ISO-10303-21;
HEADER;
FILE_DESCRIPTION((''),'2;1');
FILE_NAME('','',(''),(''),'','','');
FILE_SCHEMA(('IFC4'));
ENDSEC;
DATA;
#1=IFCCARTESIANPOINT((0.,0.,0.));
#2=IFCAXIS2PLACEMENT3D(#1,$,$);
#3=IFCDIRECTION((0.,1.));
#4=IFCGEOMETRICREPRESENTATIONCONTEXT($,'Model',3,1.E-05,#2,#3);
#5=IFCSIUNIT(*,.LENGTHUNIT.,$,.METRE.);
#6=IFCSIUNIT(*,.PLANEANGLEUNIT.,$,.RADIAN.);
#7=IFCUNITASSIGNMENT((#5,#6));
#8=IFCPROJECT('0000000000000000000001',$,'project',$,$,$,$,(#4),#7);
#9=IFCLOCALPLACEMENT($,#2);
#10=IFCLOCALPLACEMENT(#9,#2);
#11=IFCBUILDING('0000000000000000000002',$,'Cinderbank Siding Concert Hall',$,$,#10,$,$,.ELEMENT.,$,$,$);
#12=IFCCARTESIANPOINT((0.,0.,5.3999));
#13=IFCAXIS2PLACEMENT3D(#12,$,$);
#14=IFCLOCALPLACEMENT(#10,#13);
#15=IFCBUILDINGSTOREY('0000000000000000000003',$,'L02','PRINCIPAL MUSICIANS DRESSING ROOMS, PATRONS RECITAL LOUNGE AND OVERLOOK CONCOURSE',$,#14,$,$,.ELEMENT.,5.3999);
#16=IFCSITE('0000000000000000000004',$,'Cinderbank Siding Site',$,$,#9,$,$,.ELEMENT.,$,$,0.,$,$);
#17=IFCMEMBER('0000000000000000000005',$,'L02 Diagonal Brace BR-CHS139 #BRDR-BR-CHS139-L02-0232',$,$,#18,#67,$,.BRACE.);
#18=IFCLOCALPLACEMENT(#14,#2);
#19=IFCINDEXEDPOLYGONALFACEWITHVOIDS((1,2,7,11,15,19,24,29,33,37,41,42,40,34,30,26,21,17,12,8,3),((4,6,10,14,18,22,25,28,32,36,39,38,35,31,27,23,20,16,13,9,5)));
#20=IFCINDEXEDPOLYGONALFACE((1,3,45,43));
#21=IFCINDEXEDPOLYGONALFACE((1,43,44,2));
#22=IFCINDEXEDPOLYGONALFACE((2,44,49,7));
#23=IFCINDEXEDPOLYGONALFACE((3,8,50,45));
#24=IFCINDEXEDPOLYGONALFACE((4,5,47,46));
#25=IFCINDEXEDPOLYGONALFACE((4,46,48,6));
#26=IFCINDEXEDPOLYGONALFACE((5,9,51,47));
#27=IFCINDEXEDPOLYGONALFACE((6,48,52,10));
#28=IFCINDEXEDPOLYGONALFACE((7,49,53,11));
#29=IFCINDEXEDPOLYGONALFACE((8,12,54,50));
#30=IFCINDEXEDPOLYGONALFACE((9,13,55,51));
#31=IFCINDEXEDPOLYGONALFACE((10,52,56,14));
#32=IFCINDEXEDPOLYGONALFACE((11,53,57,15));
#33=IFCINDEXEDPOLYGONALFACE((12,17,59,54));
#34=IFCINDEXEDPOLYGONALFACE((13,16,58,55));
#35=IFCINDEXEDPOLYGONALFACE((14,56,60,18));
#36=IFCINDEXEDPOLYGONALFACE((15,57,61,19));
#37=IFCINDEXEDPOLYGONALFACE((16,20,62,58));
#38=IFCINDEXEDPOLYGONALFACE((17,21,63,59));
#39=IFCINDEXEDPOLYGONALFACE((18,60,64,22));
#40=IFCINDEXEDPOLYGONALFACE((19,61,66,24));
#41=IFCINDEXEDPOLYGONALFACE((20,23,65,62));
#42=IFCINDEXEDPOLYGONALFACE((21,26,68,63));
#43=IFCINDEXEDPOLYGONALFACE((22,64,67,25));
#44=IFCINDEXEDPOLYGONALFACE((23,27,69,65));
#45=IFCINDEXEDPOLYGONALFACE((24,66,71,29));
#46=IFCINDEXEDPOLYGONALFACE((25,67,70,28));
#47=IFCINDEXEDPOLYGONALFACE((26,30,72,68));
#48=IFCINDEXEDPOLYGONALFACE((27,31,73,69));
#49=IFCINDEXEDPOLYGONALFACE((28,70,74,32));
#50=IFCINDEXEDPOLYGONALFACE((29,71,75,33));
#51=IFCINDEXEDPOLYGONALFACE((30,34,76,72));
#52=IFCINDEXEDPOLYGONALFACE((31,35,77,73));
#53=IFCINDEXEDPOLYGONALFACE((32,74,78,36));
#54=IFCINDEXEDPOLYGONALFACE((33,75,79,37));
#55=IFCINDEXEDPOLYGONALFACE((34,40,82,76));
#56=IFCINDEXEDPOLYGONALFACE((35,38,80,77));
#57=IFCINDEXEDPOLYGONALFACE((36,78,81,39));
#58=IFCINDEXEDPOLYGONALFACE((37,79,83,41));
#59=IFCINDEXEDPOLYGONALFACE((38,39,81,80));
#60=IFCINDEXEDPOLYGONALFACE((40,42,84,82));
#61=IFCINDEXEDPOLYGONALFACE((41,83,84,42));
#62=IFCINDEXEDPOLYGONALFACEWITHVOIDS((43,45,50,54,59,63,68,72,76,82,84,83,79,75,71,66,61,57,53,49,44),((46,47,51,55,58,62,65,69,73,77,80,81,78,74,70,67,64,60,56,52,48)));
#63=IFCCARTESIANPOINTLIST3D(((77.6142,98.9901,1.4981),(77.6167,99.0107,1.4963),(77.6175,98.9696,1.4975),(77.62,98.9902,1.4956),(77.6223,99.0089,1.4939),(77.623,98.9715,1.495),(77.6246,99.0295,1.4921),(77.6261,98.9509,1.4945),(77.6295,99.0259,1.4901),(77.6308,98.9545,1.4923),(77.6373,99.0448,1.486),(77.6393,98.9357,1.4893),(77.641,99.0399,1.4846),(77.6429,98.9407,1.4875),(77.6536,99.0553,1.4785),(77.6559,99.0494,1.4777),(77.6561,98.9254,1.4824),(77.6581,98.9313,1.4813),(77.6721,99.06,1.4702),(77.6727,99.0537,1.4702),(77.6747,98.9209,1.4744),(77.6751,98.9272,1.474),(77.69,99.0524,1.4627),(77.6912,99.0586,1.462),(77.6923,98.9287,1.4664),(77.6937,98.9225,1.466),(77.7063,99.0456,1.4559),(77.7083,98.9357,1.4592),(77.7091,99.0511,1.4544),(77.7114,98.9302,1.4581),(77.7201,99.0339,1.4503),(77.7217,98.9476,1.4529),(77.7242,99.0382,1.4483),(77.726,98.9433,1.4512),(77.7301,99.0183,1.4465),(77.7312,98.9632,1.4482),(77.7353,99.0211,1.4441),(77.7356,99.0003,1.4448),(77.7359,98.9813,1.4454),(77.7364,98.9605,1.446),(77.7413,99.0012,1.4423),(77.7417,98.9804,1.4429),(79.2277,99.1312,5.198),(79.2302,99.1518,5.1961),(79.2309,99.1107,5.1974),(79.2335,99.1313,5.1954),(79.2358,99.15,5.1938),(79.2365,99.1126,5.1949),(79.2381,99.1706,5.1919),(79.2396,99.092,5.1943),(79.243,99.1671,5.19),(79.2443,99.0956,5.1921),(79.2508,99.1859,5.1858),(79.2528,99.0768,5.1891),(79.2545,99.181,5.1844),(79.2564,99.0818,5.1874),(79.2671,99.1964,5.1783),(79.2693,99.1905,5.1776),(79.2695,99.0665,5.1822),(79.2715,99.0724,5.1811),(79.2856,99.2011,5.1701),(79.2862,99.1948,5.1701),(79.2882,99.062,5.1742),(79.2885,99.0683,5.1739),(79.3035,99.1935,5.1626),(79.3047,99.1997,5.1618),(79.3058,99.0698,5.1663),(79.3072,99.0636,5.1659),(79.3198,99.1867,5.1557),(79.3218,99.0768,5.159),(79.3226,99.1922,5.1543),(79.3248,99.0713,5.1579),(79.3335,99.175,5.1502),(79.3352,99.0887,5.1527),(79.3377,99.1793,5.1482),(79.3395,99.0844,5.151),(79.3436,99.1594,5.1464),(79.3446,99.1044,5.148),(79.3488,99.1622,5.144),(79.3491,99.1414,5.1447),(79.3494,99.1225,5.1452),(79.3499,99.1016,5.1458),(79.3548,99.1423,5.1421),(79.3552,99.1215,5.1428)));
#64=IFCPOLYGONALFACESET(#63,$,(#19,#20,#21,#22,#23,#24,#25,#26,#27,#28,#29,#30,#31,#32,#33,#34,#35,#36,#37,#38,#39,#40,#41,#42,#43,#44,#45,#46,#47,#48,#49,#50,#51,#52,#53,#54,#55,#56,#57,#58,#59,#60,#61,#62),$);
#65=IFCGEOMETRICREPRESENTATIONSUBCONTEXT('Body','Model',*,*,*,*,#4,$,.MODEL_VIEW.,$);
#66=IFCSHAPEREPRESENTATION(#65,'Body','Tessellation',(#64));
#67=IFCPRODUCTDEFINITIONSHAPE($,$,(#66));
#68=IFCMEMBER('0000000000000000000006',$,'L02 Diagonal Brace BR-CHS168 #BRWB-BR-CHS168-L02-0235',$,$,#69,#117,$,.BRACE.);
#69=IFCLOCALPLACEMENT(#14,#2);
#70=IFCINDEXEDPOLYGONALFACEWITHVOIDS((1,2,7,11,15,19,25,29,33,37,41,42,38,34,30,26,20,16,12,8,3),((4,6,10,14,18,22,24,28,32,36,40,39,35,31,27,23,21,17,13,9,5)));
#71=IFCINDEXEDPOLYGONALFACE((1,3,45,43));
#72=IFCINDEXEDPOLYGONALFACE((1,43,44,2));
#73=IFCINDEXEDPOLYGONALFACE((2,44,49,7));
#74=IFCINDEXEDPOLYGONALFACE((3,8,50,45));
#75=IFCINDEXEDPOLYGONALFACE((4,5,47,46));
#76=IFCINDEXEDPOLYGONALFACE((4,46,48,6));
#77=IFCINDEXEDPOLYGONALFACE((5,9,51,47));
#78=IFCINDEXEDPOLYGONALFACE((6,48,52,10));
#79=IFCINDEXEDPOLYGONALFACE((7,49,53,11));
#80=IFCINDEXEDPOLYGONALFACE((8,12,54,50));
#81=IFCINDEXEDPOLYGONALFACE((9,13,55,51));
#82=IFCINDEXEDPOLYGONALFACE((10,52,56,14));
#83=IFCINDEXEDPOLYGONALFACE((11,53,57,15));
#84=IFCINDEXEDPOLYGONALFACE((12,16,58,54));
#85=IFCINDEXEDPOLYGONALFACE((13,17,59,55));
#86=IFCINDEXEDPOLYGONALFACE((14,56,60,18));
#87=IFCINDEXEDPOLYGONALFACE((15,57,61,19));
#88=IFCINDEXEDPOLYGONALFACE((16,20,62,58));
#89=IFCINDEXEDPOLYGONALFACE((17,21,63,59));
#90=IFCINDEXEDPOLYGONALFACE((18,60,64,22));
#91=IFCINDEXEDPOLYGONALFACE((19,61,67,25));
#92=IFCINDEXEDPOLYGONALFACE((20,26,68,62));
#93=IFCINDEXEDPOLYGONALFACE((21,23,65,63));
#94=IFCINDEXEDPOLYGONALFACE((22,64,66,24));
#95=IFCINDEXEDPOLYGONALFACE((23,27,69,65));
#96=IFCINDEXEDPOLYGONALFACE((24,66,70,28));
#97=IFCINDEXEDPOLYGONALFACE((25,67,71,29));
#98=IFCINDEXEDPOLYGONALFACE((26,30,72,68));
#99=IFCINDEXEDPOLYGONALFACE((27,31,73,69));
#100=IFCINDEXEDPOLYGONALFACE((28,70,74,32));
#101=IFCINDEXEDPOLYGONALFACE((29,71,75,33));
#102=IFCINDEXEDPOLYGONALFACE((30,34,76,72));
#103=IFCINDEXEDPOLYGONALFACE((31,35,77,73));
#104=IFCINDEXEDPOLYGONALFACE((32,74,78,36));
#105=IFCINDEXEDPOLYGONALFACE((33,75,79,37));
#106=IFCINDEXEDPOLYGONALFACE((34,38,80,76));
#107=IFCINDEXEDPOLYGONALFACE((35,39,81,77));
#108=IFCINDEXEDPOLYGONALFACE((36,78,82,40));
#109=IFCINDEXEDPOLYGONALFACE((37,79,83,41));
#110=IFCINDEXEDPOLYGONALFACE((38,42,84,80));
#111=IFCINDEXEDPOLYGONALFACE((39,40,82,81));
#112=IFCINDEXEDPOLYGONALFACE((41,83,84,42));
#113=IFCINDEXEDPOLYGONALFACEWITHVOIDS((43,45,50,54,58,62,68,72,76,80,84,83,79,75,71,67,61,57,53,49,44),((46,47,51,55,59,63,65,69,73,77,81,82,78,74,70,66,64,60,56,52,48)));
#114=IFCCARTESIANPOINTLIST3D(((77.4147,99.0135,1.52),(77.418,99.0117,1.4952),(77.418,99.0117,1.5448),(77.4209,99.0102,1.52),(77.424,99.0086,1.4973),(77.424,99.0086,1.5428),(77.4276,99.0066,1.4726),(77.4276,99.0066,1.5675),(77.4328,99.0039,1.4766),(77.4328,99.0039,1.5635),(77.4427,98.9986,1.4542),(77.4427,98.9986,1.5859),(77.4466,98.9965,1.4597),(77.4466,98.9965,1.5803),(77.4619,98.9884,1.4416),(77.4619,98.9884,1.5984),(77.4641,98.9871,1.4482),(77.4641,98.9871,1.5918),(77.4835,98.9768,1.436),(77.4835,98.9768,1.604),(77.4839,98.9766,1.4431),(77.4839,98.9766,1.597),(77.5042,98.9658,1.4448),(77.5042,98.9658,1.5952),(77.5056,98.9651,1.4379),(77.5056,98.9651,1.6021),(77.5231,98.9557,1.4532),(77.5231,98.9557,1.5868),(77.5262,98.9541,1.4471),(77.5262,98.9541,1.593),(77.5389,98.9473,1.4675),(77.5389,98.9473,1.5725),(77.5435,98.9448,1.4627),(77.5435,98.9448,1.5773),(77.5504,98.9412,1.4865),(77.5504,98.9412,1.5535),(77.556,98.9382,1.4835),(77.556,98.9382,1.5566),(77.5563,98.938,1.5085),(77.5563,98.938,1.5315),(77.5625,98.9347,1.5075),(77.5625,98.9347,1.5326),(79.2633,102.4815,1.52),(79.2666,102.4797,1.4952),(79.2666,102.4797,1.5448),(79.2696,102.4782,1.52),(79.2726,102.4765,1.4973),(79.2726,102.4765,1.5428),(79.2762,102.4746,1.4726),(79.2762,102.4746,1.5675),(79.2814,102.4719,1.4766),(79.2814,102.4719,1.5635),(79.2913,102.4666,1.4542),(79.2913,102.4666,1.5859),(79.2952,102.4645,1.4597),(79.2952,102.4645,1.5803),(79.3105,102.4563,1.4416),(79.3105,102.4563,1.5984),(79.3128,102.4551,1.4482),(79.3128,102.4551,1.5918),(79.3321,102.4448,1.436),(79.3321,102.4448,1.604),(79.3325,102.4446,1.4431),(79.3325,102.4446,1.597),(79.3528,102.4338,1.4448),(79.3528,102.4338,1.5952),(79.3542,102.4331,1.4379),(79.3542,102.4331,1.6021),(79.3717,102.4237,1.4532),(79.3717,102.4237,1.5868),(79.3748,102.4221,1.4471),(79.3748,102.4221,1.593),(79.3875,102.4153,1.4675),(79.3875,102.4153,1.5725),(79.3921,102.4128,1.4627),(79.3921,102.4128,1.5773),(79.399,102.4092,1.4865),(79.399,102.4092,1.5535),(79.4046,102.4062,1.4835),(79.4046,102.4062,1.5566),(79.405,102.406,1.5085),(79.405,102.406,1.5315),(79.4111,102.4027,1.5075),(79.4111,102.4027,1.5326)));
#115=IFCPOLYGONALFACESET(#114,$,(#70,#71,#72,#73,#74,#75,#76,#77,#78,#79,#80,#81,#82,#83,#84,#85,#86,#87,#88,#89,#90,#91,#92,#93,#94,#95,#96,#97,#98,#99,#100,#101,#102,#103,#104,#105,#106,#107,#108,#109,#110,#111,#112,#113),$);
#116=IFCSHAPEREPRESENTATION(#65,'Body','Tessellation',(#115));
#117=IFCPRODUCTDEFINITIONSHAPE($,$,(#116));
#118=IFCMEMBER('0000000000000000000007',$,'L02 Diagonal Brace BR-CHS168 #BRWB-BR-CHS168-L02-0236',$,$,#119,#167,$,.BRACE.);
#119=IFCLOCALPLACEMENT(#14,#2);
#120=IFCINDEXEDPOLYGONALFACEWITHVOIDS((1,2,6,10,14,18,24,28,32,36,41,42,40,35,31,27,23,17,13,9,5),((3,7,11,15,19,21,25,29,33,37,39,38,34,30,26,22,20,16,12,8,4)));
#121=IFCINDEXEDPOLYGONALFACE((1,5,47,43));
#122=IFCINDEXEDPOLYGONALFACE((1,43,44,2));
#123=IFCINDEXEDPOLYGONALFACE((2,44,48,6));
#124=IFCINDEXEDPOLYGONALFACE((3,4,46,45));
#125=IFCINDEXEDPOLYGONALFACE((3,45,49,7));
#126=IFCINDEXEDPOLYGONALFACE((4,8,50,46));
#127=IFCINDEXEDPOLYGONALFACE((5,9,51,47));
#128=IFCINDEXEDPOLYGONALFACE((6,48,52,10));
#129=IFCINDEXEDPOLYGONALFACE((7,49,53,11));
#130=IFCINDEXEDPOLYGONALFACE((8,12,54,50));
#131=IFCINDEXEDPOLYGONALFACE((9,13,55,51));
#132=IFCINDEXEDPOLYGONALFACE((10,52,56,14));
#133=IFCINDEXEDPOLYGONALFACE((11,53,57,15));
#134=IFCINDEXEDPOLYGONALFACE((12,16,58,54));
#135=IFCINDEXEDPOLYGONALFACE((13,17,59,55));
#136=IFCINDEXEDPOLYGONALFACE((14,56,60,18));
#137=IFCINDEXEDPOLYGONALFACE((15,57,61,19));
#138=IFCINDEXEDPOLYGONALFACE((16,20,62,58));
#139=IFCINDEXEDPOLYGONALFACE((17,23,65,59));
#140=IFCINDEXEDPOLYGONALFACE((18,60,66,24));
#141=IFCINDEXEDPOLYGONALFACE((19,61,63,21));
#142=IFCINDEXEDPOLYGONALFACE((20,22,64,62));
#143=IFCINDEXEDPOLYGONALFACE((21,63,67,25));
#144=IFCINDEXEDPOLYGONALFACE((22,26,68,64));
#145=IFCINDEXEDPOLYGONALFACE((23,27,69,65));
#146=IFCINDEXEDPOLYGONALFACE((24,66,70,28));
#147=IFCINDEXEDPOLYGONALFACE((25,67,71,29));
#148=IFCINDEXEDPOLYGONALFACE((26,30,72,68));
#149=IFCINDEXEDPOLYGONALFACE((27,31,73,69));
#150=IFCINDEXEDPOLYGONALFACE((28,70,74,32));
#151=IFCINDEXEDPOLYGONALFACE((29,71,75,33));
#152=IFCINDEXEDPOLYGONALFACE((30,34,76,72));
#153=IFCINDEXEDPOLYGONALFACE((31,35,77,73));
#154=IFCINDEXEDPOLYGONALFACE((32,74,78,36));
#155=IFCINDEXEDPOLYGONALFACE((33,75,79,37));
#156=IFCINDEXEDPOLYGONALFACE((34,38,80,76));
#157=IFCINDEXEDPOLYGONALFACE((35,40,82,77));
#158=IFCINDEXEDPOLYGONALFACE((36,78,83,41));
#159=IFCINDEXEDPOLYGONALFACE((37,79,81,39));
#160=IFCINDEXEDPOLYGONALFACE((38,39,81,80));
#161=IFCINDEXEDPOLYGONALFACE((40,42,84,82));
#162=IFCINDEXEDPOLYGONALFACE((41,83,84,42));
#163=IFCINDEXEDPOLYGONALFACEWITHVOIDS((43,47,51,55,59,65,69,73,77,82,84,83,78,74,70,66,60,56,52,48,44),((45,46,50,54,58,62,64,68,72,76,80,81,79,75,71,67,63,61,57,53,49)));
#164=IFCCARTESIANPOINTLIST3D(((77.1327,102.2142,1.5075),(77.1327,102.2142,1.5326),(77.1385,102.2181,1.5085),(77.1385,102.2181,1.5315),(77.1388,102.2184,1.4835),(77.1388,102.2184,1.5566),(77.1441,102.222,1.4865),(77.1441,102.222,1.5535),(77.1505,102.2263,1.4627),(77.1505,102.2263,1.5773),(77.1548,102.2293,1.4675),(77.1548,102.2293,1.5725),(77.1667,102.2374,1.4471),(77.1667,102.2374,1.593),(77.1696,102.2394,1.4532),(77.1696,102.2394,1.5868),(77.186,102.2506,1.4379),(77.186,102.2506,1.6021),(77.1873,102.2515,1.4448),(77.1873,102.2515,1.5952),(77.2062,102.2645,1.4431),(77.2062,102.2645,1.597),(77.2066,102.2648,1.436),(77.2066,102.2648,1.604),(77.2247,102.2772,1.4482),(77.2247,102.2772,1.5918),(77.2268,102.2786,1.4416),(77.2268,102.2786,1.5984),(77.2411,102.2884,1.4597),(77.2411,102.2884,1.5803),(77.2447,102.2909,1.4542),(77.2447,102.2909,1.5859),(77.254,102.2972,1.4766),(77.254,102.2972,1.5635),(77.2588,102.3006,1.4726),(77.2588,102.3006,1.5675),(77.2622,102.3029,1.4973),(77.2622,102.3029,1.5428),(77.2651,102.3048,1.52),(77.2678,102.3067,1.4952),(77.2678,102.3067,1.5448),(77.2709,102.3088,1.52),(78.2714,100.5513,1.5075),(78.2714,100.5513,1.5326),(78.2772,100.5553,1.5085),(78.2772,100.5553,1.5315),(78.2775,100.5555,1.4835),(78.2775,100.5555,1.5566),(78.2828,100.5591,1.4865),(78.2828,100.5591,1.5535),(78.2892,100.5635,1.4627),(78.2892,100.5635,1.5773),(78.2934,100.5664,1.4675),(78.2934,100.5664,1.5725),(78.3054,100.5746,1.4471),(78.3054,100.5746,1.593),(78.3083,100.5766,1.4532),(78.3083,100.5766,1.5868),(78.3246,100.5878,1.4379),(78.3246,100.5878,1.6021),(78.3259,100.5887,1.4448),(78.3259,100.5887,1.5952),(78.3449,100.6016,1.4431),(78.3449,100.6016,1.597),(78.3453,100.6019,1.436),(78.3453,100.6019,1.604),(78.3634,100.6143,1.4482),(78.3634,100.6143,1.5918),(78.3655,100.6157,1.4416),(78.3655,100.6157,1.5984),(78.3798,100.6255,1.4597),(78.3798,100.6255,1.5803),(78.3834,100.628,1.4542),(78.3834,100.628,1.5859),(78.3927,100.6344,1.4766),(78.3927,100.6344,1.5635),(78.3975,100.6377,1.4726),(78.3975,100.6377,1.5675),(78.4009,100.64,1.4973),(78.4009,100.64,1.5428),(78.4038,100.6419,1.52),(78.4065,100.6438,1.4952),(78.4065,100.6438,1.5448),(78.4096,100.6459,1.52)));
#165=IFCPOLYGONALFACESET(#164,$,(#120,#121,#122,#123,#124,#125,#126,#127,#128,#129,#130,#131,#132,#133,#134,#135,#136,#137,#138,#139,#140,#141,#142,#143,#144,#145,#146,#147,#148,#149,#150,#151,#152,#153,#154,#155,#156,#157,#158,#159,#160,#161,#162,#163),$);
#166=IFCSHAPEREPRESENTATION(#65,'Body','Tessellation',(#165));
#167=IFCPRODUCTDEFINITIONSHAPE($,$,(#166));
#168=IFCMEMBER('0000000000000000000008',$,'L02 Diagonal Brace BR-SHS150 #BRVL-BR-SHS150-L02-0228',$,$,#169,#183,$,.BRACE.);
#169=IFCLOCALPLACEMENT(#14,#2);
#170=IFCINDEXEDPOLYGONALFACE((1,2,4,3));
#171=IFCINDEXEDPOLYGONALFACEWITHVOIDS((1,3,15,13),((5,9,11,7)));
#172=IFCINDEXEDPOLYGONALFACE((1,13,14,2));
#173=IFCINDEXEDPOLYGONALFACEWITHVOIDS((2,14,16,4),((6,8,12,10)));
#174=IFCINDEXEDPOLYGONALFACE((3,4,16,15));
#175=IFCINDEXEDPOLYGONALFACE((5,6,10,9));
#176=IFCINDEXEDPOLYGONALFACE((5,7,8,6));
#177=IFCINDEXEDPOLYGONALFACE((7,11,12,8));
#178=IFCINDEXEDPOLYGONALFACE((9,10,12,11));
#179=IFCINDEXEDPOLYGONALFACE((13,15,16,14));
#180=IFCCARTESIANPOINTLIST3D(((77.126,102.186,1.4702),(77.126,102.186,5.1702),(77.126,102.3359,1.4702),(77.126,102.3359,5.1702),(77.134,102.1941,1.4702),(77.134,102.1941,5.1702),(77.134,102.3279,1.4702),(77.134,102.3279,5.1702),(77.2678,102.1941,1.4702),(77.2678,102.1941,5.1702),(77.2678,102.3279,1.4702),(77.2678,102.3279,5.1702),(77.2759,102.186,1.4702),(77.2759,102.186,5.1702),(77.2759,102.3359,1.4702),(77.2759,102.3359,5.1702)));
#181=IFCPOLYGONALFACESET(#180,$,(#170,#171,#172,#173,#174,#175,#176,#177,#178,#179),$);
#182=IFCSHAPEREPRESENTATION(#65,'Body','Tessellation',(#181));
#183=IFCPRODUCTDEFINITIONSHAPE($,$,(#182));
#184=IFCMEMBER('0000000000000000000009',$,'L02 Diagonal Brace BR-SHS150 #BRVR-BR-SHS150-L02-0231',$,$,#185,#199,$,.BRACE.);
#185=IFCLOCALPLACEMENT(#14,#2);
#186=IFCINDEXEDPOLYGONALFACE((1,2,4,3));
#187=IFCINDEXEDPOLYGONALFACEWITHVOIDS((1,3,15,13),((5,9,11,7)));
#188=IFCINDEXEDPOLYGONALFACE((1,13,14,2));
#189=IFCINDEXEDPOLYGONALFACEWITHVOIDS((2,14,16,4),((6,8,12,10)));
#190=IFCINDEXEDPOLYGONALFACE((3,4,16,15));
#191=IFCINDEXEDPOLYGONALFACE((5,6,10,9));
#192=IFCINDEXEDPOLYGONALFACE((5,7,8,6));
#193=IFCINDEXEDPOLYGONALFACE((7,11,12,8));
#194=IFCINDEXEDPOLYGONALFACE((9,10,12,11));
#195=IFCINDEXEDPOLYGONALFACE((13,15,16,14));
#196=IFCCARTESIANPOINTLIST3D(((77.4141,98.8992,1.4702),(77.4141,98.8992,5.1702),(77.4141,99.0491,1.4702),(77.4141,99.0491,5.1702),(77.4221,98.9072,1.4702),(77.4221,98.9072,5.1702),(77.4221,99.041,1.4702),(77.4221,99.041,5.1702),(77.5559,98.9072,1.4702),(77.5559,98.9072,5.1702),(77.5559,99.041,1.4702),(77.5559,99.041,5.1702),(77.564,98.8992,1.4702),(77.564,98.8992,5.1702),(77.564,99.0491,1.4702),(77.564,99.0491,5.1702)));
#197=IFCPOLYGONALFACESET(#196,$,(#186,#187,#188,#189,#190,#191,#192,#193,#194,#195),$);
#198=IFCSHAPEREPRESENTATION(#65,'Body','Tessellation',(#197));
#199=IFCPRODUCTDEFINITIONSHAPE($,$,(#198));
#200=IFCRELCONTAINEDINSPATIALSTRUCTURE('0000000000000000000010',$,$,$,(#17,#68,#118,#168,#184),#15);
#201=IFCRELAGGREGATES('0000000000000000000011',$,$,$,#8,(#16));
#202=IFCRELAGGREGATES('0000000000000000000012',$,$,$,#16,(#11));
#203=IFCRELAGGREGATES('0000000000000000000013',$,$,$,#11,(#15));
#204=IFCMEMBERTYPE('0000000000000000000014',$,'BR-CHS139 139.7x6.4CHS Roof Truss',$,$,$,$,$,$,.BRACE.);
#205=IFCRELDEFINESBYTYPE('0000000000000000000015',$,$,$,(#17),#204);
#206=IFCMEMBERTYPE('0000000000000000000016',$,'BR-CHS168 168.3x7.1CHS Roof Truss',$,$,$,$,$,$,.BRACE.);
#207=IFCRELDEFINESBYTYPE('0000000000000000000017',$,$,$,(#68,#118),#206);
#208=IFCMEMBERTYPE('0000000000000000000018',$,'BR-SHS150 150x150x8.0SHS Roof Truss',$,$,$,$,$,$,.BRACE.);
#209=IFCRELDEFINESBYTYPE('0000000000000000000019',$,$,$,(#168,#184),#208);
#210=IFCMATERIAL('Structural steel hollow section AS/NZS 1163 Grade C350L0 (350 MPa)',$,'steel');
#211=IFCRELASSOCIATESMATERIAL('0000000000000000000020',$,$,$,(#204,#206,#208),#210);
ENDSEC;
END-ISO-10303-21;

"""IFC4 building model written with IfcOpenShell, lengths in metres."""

from ifc_helpers import new_model, si_unit, direction, frame, origin, origin_2d, place, context, subcontext, project, spatial, hollow_rectangle, hollow_circle, extrude, material, material_profile, profile_set, type_object, element, save


model = new_model("IFC4")

# Units and contexts
model_context = context("Model", 3, precision=1e-05, world=origin(), true_north=direction((0.0, 1.0)))
body_context = subcontext(model_context, "Body", "Model", "MODEL_VIEW")
ifc_project = project(units=[si_unit("LENGTHUNIT", "METRE"), si_unit("PLANEANGLEUNIT", "RADIAN")], contexts=[model_context])

# Site, building, storey
site_placement = place(None, origin())
site = spatial("IfcSite", under=ifc_project, at=site_placement, Name="Cinderbank Siding Site", CompositionType="ELEMENT", RefElevation=0.0)
building_placement = place(site_placement, origin())
building = spatial("IfcBuilding", under=site, at=building_placement, Name="Cinderbank Siding Concert Hall", CompositionType="ELEMENT")
storey_placement = place(building_placement, frame((0.0, 0.0, 5.3999)))
storey = spatial("IfcBuildingStorey", under=building, at=storey_placement, Name="L02", Description="PRINCIPAL MUSICIANS DRESSING ROOMS, PATRONS RECITAL LOUNGE AND OVERLOOK CONCOURSE", CompositionType="ELEMENT", Elevation=5.3999)

# Shared definitions
ifc_material_1 = material(Name="Structural steel hollow section AS/NZS 1163 Grade C350L0 (350 MPa)", Category="steel")

# Members
ifc_material_profile_1 = material_profile(ifc_material_1, hollow_circle(Radius=0.0698, WallThickness=0.0063, at=origin_2d()), Name="139.7x6.4CHS", Category="LoadBearing")
ifc_profile_set_1 = profile_set([ifc_material_profile_1], Name="Structural steel hollow section AS/NZS 1163 Grade C350L0 (350 MPa)")
member_type_1 = type_object("IfcMemberType", Name="BR-CHS139 139.7x6.4CHS Roof Truss", PredefinedType="BRACE", material=ifc_profile_set_1)
member_1_placement = place(storey_placement, frame((77.6782, 98.9905, 1.4702), z_axis=(0.399493, 0.034938, 0.91607), x_axis=(-0.087124, 0.996197, 0.0)))
element("IfcMember", 1, at=member_1_placement, inside=storey, type_object=member_type_1, Name="L02 Diagonal Brace BR-CHS139 #BRDR-BR-CHS139-L02-0232", PredefinedType="BRACE", context=body_context, shape_type="SweptSolid", body=[
    extrude(hollow_circle(Radius=0.0698, WallThickness=0.0063, at=origin_2d()), origin(), (0.0, 0.0, 1.0), 4.0388),
])
ifc_material_profile_2 = material_profile(ifc_material_1, hollow_circle(Radius=0.0842, WallThickness=0.0071, at=origin_2d()), Name="168.3x7.1CHS", Category="LoadBearing")
ifc_profile_set_2 = profile_set([ifc_material_profile_2], Name="Structural steel hollow section AS/NZS 1163 Grade C350L0 (350 MPa)")
member_type_2 = type_object("IfcMemberType", Name="BR-CHS168 168.3x7.1CHS Roof Truss", PredefinedType="BRACE", material=ifc_profile_set_2)
member_2_placement = place(storey_placement, frame((77.489, 98.9739, 1.52), z_axis=(0.470395, 0.882456, 0.0), x_axis=(-0.882456, 0.470395, 0.0)))
element("IfcMember", 2, at=member_2_placement, inside=storey, type_object=member_type_2, Name="L02 Diagonal Brace BR-CHS168 #BRWB-BR-CHS168-L02-0235", PredefinedType="BRACE", context=body_context, shape_type="SweptSolid", body=[
    extrude(hollow_circle(Radius=0.0842, WallThickness=0.0071, at=origin_2d()), origin(), (0.0, 0.0, 1.0), 3.9299),
])
member_3_placement = place(storey_placement, frame((77.2014, 102.2612, 1.52), z_axis=(0.565001, -0.82509, 0.0), x_axis=(0.82509, 0.565001, 0.0)))
element("IfcMember", 3, at=member_3_placement, inside=storey, type_object=member_type_2, Name="L02 Diagonal Brace BR-CHS168 #BRWB-BR-CHS168-L02-0236", PredefinedType="BRACE", context=body_context, shape_type="SweptSolid", body=[
    extrude(hollow_circle(Radius=0.0842, WallThickness=0.0071, at=origin_2d()), origin(), (0.0, 0.0, 1.0), 2.0154),
])
ifc_material_profile_3 = material_profile(ifc_material_1, hollow_rectangle(XDim=0.1499, YDim=0.1499, WallThickness=0.0081, at=origin_2d()), Name="150x150x8.0SHS", Category="LoadBearing")
ifc_profile_set_3 = profile_set([ifc_material_profile_3], Name="Structural steel hollow section AS/NZS 1163 Grade C350L0 (350 MPa)")
member_type_3 = type_object("IfcMemberType", Name="BR-SHS150 150x150x8.0SHS Roof Truss", PredefinedType="BRACE", material=ifc_profile_set_3)
for number, where, z_axis, x_axis, name in (
    (4, (77.2009, 102.261, 1.4702), (0.0, 0.0, 1.0), (1.0, 0.0, 0.0), "L02 Diagonal Brace BR-SHS150 #BRVL-BR-SHS150-L02-0228"),
    (5, (77.489, 98.9741, 1.4702), (0.0, 0.0, 1.0), (1.0, 0.0, 0.0), "L02 Diagonal Brace BR-SHS150 #BRVR-BR-SHS150-L02-0231"),
):
    element("IfcMember", number, at=place(storey_placement, frame(where, z_axis=z_axis, x_axis=x_axis)), inside=storey, type_object=member_type_3, Name=name, PredefinedType="BRACE", context=body_context, shape_type="SweptSolid", body=[
        extrude(hollow_rectangle(XDim=0.1499, YDim=0.1499, WallThickness=0.0081, at=origin_2d()), origin(), (0.0, 0.0, 1.0), 3.7),
    ])

save(model, "model.ifc")
